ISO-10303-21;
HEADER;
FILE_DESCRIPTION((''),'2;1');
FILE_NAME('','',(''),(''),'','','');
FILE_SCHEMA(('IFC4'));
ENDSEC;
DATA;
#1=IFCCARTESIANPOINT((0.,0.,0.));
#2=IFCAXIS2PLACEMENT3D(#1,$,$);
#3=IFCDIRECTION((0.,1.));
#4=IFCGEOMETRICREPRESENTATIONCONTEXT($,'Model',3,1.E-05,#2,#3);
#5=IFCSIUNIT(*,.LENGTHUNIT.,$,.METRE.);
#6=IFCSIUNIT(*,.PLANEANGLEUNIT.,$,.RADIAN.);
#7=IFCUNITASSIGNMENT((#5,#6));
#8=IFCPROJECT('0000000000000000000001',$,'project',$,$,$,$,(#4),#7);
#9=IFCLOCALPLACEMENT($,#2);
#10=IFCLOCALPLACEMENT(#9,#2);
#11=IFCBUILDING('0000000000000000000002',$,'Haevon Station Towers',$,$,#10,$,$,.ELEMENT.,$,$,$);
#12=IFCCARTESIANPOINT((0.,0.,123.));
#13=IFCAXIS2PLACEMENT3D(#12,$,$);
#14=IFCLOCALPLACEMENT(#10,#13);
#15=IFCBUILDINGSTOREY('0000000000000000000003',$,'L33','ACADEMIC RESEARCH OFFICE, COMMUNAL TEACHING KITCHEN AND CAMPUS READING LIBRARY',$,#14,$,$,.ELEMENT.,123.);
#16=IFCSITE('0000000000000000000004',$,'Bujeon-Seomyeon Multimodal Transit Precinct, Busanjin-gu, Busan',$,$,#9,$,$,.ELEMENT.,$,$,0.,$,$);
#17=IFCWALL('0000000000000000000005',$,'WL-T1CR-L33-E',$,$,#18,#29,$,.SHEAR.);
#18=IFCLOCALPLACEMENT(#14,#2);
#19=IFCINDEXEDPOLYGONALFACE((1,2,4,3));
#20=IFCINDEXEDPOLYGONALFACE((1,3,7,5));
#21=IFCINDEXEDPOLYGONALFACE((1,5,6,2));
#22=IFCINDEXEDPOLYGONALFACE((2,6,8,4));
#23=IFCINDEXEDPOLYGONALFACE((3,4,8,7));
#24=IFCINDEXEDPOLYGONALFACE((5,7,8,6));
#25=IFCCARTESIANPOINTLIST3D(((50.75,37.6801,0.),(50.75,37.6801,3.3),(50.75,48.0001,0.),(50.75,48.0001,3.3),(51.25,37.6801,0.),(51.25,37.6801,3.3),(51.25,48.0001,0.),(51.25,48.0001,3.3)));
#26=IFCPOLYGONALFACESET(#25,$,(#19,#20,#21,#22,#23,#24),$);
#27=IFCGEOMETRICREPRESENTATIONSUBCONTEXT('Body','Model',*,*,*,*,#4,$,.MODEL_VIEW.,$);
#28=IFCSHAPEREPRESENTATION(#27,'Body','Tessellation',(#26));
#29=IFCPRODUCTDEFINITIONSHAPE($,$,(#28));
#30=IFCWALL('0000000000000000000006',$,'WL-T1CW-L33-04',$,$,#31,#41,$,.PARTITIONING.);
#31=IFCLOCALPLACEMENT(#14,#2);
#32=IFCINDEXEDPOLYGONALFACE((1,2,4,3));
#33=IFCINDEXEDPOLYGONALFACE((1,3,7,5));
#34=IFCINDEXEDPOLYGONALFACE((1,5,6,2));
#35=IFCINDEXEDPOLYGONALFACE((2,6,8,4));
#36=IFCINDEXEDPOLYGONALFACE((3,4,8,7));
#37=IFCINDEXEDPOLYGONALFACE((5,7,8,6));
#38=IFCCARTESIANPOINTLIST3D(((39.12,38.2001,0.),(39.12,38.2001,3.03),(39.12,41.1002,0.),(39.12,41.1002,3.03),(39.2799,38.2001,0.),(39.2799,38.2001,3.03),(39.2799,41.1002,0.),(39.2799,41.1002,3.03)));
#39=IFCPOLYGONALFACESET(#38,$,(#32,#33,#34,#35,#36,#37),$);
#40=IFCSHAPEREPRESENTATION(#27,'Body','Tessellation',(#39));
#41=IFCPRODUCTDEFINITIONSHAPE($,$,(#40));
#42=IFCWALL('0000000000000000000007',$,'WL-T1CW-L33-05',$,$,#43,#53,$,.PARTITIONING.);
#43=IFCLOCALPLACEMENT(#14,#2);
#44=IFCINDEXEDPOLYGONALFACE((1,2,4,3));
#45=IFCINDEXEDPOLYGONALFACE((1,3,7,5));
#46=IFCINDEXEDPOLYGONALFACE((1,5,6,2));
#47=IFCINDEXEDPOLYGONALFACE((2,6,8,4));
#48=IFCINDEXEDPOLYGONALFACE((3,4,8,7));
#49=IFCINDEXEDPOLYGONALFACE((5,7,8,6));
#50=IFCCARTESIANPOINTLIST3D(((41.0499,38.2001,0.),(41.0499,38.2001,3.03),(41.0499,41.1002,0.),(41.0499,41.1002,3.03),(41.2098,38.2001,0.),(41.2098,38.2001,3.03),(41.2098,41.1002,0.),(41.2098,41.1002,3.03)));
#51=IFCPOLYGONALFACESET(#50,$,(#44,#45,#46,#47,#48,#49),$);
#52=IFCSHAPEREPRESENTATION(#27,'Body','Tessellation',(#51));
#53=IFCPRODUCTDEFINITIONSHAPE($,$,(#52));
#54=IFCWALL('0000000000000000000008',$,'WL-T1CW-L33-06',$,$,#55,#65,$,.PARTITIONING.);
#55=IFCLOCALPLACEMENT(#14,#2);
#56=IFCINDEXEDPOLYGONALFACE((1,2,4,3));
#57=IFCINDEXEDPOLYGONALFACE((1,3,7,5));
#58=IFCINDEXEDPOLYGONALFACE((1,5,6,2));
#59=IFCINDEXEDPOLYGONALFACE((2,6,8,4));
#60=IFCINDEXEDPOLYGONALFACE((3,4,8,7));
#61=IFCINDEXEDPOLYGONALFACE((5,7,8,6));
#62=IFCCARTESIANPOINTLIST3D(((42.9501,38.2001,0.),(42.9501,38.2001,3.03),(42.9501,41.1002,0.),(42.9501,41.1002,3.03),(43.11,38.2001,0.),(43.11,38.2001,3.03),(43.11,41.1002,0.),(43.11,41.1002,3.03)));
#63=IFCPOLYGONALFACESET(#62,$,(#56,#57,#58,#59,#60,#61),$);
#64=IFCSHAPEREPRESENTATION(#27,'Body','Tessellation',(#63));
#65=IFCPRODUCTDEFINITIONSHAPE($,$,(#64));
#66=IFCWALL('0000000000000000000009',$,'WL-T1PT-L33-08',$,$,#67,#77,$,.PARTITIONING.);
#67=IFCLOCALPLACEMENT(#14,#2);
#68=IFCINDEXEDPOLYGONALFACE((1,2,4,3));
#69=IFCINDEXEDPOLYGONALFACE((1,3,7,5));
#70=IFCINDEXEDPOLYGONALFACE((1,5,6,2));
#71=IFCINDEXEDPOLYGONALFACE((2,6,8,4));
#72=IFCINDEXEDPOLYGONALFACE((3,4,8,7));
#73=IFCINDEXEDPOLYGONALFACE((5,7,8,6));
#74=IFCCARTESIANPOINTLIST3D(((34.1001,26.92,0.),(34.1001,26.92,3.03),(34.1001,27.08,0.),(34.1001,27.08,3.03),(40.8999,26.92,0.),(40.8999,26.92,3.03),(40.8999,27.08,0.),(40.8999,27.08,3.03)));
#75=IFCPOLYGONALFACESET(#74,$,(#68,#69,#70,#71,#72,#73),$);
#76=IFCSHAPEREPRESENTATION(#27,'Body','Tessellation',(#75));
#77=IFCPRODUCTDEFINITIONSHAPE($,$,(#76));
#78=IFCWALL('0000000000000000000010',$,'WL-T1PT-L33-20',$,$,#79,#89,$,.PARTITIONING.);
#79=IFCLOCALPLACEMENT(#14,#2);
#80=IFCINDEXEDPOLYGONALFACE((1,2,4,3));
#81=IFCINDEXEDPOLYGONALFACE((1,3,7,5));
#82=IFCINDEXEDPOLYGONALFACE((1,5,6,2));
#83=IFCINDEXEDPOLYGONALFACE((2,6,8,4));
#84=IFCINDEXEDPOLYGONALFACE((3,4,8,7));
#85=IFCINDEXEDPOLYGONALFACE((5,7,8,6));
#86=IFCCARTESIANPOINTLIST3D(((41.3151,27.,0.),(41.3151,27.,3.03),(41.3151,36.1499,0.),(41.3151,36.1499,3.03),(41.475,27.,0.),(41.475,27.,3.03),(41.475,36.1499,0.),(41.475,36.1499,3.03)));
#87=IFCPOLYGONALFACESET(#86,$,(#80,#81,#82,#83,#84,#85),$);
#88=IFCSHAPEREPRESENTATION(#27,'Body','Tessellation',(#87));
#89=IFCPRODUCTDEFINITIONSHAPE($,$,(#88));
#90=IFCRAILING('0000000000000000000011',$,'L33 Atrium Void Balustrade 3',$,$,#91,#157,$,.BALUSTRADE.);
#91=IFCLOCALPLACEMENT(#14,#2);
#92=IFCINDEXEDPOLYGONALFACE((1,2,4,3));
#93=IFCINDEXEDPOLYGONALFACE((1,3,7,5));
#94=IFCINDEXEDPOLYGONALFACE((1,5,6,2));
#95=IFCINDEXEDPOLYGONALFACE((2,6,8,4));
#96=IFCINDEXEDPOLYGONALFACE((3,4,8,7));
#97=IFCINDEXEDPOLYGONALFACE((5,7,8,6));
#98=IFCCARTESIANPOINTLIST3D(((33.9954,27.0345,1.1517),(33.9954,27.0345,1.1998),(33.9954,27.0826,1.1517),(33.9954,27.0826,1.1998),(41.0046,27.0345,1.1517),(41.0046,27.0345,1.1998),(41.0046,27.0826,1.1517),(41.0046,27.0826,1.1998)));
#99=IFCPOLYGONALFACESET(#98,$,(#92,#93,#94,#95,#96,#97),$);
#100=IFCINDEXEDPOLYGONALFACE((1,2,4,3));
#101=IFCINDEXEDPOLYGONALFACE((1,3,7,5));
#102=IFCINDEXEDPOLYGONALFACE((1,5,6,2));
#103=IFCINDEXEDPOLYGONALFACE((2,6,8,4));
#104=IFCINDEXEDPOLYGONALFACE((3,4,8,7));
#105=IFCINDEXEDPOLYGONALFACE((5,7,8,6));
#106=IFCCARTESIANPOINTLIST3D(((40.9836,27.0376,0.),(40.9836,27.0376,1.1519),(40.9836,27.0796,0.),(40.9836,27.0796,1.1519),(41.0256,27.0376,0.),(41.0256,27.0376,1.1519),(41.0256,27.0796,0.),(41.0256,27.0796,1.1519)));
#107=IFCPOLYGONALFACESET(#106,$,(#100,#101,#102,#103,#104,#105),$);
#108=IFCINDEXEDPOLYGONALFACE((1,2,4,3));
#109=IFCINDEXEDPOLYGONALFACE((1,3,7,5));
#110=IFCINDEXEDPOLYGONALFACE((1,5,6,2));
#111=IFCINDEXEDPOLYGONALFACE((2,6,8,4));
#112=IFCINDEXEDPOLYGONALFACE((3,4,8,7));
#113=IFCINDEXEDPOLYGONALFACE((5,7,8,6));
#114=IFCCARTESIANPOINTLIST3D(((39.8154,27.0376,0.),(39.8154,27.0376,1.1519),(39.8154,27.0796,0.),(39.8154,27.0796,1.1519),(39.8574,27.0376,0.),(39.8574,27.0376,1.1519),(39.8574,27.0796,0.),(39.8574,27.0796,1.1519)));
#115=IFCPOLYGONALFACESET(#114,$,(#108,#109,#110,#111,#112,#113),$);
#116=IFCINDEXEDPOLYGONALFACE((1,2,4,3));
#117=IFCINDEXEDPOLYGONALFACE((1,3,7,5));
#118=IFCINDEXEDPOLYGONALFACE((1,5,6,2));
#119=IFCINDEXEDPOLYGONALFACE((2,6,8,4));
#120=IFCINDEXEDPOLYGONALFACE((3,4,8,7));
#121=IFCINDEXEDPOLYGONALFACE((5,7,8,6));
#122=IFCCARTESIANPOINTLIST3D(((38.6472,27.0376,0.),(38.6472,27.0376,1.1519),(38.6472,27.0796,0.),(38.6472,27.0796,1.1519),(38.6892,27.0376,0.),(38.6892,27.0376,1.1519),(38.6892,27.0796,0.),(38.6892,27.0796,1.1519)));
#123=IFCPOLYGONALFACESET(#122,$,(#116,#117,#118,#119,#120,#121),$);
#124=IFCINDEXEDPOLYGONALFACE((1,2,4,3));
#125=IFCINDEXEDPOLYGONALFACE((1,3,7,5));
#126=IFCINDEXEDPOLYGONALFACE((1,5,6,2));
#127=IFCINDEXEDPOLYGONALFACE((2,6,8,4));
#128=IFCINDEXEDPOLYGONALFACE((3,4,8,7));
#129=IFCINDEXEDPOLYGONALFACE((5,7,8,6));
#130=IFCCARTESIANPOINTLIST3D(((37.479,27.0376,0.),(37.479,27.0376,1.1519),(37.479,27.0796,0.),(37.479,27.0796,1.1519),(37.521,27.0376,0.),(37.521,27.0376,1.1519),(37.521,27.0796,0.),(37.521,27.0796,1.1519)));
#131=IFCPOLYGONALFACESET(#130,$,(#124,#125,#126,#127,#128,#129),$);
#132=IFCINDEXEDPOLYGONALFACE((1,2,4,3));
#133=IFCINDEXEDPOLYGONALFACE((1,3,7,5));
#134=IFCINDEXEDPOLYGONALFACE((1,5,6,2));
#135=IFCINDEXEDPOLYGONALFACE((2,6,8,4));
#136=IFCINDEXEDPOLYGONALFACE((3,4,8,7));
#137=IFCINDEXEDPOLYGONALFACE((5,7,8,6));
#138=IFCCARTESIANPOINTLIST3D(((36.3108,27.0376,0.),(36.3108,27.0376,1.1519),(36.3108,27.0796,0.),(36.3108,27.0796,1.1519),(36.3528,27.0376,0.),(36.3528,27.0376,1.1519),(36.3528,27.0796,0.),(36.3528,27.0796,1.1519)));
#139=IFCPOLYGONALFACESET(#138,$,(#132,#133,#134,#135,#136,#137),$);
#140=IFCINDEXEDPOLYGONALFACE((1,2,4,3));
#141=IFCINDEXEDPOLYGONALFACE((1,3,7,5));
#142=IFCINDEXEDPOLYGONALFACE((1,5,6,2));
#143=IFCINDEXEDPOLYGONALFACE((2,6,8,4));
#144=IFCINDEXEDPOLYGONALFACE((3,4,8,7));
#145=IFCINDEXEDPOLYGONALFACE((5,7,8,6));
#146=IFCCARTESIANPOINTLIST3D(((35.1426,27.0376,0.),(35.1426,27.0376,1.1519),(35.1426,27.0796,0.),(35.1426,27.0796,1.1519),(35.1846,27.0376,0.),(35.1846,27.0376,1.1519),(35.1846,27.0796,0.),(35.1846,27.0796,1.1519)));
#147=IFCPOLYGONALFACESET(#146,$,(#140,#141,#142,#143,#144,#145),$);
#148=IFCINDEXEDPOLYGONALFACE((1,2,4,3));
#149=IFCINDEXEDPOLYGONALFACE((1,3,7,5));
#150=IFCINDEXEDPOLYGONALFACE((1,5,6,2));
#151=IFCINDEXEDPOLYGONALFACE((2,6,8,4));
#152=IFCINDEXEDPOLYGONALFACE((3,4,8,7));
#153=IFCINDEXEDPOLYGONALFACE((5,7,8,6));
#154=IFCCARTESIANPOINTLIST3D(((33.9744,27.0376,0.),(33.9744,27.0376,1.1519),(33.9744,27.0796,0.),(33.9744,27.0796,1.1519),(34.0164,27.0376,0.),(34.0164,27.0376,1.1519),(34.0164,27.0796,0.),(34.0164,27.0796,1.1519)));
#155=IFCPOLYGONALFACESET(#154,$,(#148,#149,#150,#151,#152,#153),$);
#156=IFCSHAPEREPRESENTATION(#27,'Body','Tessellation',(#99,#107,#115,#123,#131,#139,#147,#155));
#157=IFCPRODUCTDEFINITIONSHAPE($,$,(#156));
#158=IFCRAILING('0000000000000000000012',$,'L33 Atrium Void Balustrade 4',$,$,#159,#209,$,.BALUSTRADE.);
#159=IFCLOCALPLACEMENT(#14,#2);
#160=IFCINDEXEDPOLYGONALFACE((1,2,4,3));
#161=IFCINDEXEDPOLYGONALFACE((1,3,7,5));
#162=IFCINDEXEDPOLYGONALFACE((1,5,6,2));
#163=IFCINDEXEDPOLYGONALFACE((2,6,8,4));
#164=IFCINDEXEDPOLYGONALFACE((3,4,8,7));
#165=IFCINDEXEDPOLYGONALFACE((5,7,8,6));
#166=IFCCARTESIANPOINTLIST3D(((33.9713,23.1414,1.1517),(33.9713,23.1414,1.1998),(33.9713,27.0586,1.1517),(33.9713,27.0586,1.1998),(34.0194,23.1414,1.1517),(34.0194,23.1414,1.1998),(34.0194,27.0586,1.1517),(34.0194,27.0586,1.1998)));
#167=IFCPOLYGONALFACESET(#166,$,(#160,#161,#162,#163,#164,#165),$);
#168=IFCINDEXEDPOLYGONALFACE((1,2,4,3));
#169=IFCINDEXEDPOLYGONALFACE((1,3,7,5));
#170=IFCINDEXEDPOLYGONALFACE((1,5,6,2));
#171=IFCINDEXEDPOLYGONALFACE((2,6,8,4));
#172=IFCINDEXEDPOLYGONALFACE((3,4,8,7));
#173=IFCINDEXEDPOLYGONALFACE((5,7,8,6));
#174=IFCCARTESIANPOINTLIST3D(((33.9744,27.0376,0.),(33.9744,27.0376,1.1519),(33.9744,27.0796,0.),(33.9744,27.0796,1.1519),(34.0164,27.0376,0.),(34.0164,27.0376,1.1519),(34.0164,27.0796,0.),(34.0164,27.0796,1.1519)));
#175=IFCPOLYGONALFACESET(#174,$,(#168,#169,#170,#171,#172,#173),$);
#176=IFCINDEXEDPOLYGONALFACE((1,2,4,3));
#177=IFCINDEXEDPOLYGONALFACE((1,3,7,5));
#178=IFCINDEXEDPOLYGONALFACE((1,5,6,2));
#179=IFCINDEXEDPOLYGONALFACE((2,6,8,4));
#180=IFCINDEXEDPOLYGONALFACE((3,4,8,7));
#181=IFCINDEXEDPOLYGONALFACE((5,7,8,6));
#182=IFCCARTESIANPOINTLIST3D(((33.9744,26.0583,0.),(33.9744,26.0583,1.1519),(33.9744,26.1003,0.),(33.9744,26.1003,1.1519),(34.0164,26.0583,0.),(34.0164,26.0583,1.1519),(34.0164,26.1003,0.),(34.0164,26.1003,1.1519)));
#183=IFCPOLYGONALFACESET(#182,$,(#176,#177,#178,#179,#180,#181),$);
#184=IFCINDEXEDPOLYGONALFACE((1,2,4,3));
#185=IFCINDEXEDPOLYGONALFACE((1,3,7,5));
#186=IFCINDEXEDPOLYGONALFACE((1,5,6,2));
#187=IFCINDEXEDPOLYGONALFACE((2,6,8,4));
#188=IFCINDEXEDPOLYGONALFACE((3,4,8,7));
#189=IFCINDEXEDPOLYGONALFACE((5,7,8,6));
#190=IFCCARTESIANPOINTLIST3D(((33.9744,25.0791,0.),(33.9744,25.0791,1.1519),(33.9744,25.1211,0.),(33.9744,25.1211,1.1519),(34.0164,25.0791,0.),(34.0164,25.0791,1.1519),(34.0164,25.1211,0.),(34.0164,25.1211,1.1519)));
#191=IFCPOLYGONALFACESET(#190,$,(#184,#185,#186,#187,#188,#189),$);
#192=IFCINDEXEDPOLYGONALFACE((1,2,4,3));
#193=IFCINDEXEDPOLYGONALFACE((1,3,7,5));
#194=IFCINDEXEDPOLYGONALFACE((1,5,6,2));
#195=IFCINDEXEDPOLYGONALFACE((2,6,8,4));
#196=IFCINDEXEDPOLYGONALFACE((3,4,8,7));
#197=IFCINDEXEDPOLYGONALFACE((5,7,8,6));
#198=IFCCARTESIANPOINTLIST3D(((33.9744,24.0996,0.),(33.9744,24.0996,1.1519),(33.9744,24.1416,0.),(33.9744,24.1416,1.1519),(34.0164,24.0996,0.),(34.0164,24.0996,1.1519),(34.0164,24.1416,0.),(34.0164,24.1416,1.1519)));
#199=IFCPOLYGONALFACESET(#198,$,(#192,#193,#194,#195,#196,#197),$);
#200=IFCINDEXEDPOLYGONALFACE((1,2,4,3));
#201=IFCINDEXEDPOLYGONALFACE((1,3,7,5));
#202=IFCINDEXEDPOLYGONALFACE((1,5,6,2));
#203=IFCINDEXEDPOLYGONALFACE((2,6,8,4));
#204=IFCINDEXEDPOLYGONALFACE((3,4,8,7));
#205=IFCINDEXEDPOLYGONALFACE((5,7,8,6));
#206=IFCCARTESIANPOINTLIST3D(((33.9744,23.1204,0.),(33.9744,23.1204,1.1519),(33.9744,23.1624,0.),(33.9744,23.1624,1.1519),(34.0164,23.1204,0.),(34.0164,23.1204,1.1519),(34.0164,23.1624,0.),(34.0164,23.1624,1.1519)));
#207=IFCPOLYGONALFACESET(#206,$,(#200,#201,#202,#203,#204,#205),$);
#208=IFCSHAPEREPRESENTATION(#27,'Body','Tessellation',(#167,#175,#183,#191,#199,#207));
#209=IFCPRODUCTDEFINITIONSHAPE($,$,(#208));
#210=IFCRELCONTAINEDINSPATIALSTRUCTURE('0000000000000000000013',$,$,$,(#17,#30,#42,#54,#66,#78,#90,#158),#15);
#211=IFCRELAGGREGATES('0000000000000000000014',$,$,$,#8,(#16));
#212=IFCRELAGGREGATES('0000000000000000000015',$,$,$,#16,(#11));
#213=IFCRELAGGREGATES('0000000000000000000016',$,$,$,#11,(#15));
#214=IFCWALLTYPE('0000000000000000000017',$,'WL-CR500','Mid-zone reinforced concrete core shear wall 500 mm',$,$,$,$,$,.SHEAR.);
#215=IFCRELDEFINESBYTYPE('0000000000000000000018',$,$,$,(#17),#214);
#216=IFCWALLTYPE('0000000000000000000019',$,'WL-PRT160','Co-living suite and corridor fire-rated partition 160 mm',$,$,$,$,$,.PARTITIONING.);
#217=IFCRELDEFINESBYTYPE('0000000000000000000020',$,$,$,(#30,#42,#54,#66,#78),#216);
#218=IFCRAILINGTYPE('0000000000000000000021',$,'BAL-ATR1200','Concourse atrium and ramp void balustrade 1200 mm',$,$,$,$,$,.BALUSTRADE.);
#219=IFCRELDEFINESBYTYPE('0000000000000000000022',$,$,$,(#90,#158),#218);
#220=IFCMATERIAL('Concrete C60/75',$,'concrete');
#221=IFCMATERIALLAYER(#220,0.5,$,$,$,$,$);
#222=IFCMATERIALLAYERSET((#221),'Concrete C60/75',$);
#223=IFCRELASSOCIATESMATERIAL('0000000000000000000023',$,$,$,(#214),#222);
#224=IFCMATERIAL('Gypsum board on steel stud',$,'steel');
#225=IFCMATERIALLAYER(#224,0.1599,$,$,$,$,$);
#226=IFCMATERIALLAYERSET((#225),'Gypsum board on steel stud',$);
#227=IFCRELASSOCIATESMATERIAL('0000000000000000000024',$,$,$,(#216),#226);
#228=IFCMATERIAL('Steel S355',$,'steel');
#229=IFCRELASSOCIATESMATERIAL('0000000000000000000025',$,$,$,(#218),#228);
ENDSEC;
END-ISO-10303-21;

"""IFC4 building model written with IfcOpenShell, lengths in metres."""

from ifc_helpers import new_model, si_unit, direction, frame, frame_2d, origin, origin_2d, place, context, subcontext, project, spatial, rectangle, extrude, material, layer, layer_set, type_object, element, save


model = new_model("IFC4")

# Units and contexts
model_context = context("Model", 3, precision=1e-05, world=origin(), true_north=direction((0.0, 1.0)))
body_context = subcontext(model_context, "Body", "Model", "MODEL_VIEW")
ifc_project = project(units=[si_unit("LENGTHUNIT", "METRE"), si_unit("PLANEANGLEUNIT", "RADIAN")], contexts=[model_context])

# Site, building, storey
site_placement = place(None, origin())
site = spatial("IfcSite", under=ifc_project, at=site_placement, Name="Bujeon-Seomyeon Multimodal Transit Precinct, Busanjin-gu, Busan", CompositionType="ELEMENT", RefElevation=0.0)
building_placement = place(site_placement, origin())
building = spatial("IfcBuilding", under=site, at=building_placement, Name="Haevon Station Towers", CompositionType="ELEMENT")
storey_placement = place(building_placement, frame((0.0, 0.0, 123.0)))
storey = spatial("IfcBuildingStorey", under=building, at=storey_placement, Name="L33", Description="ACADEMIC RESEARCH OFFICE, COMMUNAL TEACHING KITCHEN AND CAMPUS READING LIBRARY", CompositionType="ELEMENT", Elevation=123.0)

# Shared definitions
ifc_material_1 = material(Name="Steel S355", Category="steel")

# Shared definitions
ifc_material_2 = material(Name="Gypsum board on steel stud", Category="steel")

# Walls
ifc_material_3 = material(Name="Concrete C60/75", Category="concrete")
ifc_layer_1 = layer(ifc_material_3, 0.5)
ifc_layer_set_1 = layer_set([ifc_layer_1], Name="Concrete C60/75")
wall_type_1 = type_object("IfcWallType", Name="WL-CR500", Description="Mid-zone reinforced concrete core shear wall 500 mm", PredefinedType="SHEAR", material=ifc_layer_set_1)
wall_1_placement = place(storey_placement, frame((51.0, 37.6799, 0.0), z_axis=(0.0, 0.0, 1.0), x_axis=(0.0, 1.0, 0.0)))
element("IfcWall", 1, at=wall_1_placement, inside=storey, type_object=wall_type_1, Name="WL-T1CR-L33-E", PredefinedType="SHEAR", context=body_context, shape_type="SweptSolid", body=[
    extrude(rectangle(XDim=10.3201, YDim=0.5, at=frame_2d((5.1602, 0.0))), origin(), (0.0, 0.0, 1.0), 3.3),
])
ifc_layer_2 = layer(ifc_material_2, 0.1599)
ifc_layer_set_2 = layer_set([ifc_layer_2], Name="Gypsum board on steel stud")
wall_type_2 = type_object("IfcWallType", Name="WL-PRT160", Description="Co-living suite and corridor fire-rated partition 160 mm", PredefinedType="PARTITIONING", material=ifc_layer_set_2)
for number, where, z_axis, x_axis, name in (
    (2, (39.2, 38.2, 0.0), (0.0, 0.0, 1.0), (0.0, 1.0, 0.0), "WL-T1CW-L33-04"),
    (3, (41.1299, 38.2, 0.0), (0.0, 0.0, 1.0), (0.0, 1.0, 0.0), "WL-T1CW-L33-05"),
    (4, (43.03, 38.2, 0.0), (0.0, 0.0, 1.0), (0.0, 1.0, 0.0), "WL-T1CW-L33-06"),
):
    element("IfcWall", number, at=place(storey_placement, frame(where, z_axis=z_axis, x_axis=x_axis)), inside=storey, type_object=wall_type_2, Name=name, PredefinedType="PARTITIONING", context=body_context, shape_type="SweptSolid", body=[
        extrude(rectangle(XDim=2.9001, YDim=0.1599, at=frame_2d((1.4502, 0.0))), origin(), (0.0, 0.0, 1.0), 3.03),
    ])
wall_2_placement = place(storey_placement, frame((34.1001, 27.0, 0.0), z_axis=(0.0, 0.0, 1.0), x_axis=(1.0, 0.0, 0.0)))
element("IfcWall", 5, at=wall_2_placement, inside=storey, type_object=wall_type_2, Name="WL-T1PT-L33-08", PredefinedType="PARTITIONING", context=body_context, shape_type="SweptSolid", body=[
    extrude(rectangle(XDim=6.7998, YDim=0.1599, at=frame_2d((3.3999, 0.0))), origin(), (0.0, 0.0, 1.0), 3.03),
])
wall_3_placement = place(storey_placement, frame((41.395, 27.0, 0.0), z_axis=(0.0, 0.0, 1.0), x_axis=(0.0, 1.0, 0.0)))
element("IfcWall", 6, at=wall_3_placement, inside=storey, type_object=wall_type_2, Name="WL-T1PT-L33-20", PredefinedType="PARTITIONING", context=body_context, shape_type="SweptSolid", body=[
    extrude(rectangle(XDim=9.1499, YDim=0.1599, at=frame_2d((4.575, 0.0))), origin(), (0.0, 0.0, 1.0), 3.03),
])

# Railings
railing_type = type_object("IfcRailingType", Name="BAL-ATR1200", Description="Concourse atrium and ramp void balustrade 1200 mm", PredefinedType="BALUSTRADE", material=ifc_material_1)
railing_1_placement = place(storey_placement, frame((41.0046, 27.0586, 0.0)))
element("IfcRailing", 7, at=railing_1_placement, inside=storey, type_object=railing_type, Name="L33 Atrium Void Balustrade 3", PredefinedType="BALUSTRADE", context=body_context, shape_type="SweptSolid", body=[
    extrude(rectangle(XDim=0.0481, YDim=0.0481, at=origin_2d()), frame((0.0, 0.0, 1.1758), z_axis=(-1.0, 0.0, 0.0), x_axis=(0.0, -1.0, 0.0)), (0.0, 0.0, 1.0), 7.0093),
    extrude(rectangle(XDim=0.042, YDim=0.042, at=origin_2d()), origin(), (0.0, 0.0, 1.0), 1.1519),
    extrude(rectangle(XDim=0.042, YDim=0.042, at=origin_2d()), frame((-1.1682, 0.0, 0.0)), (0.0, 0.0, 1.0), 1.1519),
    extrude(rectangle(XDim=0.042, YDim=0.042, at=origin_2d()), frame((-2.3364, 0.0, 0.0)), (0.0, 0.0, 1.0), 1.1519),
    extrude(rectangle(XDim=0.042, YDim=0.042, at=origin_2d()), frame((-3.5046, 0.0, 0.0)), (0.0, 0.0, 1.0), 1.1519),
    extrude(rectangle(XDim=0.042, YDim=0.042, at=origin_2d()), frame((-4.6729, 0.0, 0.0)), (0.0, 0.0, 1.0), 1.1519),
    extrude(rectangle(XDim=0.042, YDim=0.042, at=origin_2d()), frame((-5.8411, 0.0, 0.0)), (0.0, 0.0, 1.0), 1.1519),
    extrude(rectangle(XDim=0.042, YDim=0.042, at=origin_2d()), frame((-7.0093, 0.0, 0.0)), (0.0, 0.0, 1.0), 1.1519),
])
railing_2_placement = place(storey_placement, frame((33.9954, 27.0586, 0.0)))
element("IfcRailing", 8, at=railing_2_placement, inside=storey, type_object=railing_type, Name="L33 Atrium Void Balustrade 4", PredefinedType="BALUSTRADE", context=body_context, shape_type="SweptSolid", body=[
    extrude(rectangle(XDim=0.0481, YDim=0.0481, at=origin_2d()), frame((0.0, 0.0, 1.1758), z_axis=(0.0, -1.0, 0.0), x_axis=(1.0, 0.0, 0.0)), (0.0, 0.0, 1.0), 3.9172),
    extrude(rectangle(XDim=0.042, YDim=0.042, at=origin_2d()), origin(), (0.0, 0.0, 1.0), 1.1519),
    extrude(rectangle(XDim=0.042, YDim=0.042, at=origin_2d()), frame((0.0, -0.9792, 0.0)), (0.0, 0.0, 1.0), 1.1519),
    extrude(rectangle(XDim=0.042, YDim=0.042, at=origin_2d()), frame((0.0, -1.9585, 0.0)), (0.0, 0.0, 1.0), 1.1519),
    extrude(rectangle(XDim=0.042, YDim=0.042, at=origin_2d()), frame((0.0, -2.938, 0.0)), (0.0, 0.0, 1.0), 1.1519),
    extrude(rectangle(XDim=0.042, YDim=0.042, at=origin_2d()), frame((0.0, -3.9172, 0.0)), (0.0, 0.0, 1.0), 1.1519),
])

save(model, "model.ifc")
